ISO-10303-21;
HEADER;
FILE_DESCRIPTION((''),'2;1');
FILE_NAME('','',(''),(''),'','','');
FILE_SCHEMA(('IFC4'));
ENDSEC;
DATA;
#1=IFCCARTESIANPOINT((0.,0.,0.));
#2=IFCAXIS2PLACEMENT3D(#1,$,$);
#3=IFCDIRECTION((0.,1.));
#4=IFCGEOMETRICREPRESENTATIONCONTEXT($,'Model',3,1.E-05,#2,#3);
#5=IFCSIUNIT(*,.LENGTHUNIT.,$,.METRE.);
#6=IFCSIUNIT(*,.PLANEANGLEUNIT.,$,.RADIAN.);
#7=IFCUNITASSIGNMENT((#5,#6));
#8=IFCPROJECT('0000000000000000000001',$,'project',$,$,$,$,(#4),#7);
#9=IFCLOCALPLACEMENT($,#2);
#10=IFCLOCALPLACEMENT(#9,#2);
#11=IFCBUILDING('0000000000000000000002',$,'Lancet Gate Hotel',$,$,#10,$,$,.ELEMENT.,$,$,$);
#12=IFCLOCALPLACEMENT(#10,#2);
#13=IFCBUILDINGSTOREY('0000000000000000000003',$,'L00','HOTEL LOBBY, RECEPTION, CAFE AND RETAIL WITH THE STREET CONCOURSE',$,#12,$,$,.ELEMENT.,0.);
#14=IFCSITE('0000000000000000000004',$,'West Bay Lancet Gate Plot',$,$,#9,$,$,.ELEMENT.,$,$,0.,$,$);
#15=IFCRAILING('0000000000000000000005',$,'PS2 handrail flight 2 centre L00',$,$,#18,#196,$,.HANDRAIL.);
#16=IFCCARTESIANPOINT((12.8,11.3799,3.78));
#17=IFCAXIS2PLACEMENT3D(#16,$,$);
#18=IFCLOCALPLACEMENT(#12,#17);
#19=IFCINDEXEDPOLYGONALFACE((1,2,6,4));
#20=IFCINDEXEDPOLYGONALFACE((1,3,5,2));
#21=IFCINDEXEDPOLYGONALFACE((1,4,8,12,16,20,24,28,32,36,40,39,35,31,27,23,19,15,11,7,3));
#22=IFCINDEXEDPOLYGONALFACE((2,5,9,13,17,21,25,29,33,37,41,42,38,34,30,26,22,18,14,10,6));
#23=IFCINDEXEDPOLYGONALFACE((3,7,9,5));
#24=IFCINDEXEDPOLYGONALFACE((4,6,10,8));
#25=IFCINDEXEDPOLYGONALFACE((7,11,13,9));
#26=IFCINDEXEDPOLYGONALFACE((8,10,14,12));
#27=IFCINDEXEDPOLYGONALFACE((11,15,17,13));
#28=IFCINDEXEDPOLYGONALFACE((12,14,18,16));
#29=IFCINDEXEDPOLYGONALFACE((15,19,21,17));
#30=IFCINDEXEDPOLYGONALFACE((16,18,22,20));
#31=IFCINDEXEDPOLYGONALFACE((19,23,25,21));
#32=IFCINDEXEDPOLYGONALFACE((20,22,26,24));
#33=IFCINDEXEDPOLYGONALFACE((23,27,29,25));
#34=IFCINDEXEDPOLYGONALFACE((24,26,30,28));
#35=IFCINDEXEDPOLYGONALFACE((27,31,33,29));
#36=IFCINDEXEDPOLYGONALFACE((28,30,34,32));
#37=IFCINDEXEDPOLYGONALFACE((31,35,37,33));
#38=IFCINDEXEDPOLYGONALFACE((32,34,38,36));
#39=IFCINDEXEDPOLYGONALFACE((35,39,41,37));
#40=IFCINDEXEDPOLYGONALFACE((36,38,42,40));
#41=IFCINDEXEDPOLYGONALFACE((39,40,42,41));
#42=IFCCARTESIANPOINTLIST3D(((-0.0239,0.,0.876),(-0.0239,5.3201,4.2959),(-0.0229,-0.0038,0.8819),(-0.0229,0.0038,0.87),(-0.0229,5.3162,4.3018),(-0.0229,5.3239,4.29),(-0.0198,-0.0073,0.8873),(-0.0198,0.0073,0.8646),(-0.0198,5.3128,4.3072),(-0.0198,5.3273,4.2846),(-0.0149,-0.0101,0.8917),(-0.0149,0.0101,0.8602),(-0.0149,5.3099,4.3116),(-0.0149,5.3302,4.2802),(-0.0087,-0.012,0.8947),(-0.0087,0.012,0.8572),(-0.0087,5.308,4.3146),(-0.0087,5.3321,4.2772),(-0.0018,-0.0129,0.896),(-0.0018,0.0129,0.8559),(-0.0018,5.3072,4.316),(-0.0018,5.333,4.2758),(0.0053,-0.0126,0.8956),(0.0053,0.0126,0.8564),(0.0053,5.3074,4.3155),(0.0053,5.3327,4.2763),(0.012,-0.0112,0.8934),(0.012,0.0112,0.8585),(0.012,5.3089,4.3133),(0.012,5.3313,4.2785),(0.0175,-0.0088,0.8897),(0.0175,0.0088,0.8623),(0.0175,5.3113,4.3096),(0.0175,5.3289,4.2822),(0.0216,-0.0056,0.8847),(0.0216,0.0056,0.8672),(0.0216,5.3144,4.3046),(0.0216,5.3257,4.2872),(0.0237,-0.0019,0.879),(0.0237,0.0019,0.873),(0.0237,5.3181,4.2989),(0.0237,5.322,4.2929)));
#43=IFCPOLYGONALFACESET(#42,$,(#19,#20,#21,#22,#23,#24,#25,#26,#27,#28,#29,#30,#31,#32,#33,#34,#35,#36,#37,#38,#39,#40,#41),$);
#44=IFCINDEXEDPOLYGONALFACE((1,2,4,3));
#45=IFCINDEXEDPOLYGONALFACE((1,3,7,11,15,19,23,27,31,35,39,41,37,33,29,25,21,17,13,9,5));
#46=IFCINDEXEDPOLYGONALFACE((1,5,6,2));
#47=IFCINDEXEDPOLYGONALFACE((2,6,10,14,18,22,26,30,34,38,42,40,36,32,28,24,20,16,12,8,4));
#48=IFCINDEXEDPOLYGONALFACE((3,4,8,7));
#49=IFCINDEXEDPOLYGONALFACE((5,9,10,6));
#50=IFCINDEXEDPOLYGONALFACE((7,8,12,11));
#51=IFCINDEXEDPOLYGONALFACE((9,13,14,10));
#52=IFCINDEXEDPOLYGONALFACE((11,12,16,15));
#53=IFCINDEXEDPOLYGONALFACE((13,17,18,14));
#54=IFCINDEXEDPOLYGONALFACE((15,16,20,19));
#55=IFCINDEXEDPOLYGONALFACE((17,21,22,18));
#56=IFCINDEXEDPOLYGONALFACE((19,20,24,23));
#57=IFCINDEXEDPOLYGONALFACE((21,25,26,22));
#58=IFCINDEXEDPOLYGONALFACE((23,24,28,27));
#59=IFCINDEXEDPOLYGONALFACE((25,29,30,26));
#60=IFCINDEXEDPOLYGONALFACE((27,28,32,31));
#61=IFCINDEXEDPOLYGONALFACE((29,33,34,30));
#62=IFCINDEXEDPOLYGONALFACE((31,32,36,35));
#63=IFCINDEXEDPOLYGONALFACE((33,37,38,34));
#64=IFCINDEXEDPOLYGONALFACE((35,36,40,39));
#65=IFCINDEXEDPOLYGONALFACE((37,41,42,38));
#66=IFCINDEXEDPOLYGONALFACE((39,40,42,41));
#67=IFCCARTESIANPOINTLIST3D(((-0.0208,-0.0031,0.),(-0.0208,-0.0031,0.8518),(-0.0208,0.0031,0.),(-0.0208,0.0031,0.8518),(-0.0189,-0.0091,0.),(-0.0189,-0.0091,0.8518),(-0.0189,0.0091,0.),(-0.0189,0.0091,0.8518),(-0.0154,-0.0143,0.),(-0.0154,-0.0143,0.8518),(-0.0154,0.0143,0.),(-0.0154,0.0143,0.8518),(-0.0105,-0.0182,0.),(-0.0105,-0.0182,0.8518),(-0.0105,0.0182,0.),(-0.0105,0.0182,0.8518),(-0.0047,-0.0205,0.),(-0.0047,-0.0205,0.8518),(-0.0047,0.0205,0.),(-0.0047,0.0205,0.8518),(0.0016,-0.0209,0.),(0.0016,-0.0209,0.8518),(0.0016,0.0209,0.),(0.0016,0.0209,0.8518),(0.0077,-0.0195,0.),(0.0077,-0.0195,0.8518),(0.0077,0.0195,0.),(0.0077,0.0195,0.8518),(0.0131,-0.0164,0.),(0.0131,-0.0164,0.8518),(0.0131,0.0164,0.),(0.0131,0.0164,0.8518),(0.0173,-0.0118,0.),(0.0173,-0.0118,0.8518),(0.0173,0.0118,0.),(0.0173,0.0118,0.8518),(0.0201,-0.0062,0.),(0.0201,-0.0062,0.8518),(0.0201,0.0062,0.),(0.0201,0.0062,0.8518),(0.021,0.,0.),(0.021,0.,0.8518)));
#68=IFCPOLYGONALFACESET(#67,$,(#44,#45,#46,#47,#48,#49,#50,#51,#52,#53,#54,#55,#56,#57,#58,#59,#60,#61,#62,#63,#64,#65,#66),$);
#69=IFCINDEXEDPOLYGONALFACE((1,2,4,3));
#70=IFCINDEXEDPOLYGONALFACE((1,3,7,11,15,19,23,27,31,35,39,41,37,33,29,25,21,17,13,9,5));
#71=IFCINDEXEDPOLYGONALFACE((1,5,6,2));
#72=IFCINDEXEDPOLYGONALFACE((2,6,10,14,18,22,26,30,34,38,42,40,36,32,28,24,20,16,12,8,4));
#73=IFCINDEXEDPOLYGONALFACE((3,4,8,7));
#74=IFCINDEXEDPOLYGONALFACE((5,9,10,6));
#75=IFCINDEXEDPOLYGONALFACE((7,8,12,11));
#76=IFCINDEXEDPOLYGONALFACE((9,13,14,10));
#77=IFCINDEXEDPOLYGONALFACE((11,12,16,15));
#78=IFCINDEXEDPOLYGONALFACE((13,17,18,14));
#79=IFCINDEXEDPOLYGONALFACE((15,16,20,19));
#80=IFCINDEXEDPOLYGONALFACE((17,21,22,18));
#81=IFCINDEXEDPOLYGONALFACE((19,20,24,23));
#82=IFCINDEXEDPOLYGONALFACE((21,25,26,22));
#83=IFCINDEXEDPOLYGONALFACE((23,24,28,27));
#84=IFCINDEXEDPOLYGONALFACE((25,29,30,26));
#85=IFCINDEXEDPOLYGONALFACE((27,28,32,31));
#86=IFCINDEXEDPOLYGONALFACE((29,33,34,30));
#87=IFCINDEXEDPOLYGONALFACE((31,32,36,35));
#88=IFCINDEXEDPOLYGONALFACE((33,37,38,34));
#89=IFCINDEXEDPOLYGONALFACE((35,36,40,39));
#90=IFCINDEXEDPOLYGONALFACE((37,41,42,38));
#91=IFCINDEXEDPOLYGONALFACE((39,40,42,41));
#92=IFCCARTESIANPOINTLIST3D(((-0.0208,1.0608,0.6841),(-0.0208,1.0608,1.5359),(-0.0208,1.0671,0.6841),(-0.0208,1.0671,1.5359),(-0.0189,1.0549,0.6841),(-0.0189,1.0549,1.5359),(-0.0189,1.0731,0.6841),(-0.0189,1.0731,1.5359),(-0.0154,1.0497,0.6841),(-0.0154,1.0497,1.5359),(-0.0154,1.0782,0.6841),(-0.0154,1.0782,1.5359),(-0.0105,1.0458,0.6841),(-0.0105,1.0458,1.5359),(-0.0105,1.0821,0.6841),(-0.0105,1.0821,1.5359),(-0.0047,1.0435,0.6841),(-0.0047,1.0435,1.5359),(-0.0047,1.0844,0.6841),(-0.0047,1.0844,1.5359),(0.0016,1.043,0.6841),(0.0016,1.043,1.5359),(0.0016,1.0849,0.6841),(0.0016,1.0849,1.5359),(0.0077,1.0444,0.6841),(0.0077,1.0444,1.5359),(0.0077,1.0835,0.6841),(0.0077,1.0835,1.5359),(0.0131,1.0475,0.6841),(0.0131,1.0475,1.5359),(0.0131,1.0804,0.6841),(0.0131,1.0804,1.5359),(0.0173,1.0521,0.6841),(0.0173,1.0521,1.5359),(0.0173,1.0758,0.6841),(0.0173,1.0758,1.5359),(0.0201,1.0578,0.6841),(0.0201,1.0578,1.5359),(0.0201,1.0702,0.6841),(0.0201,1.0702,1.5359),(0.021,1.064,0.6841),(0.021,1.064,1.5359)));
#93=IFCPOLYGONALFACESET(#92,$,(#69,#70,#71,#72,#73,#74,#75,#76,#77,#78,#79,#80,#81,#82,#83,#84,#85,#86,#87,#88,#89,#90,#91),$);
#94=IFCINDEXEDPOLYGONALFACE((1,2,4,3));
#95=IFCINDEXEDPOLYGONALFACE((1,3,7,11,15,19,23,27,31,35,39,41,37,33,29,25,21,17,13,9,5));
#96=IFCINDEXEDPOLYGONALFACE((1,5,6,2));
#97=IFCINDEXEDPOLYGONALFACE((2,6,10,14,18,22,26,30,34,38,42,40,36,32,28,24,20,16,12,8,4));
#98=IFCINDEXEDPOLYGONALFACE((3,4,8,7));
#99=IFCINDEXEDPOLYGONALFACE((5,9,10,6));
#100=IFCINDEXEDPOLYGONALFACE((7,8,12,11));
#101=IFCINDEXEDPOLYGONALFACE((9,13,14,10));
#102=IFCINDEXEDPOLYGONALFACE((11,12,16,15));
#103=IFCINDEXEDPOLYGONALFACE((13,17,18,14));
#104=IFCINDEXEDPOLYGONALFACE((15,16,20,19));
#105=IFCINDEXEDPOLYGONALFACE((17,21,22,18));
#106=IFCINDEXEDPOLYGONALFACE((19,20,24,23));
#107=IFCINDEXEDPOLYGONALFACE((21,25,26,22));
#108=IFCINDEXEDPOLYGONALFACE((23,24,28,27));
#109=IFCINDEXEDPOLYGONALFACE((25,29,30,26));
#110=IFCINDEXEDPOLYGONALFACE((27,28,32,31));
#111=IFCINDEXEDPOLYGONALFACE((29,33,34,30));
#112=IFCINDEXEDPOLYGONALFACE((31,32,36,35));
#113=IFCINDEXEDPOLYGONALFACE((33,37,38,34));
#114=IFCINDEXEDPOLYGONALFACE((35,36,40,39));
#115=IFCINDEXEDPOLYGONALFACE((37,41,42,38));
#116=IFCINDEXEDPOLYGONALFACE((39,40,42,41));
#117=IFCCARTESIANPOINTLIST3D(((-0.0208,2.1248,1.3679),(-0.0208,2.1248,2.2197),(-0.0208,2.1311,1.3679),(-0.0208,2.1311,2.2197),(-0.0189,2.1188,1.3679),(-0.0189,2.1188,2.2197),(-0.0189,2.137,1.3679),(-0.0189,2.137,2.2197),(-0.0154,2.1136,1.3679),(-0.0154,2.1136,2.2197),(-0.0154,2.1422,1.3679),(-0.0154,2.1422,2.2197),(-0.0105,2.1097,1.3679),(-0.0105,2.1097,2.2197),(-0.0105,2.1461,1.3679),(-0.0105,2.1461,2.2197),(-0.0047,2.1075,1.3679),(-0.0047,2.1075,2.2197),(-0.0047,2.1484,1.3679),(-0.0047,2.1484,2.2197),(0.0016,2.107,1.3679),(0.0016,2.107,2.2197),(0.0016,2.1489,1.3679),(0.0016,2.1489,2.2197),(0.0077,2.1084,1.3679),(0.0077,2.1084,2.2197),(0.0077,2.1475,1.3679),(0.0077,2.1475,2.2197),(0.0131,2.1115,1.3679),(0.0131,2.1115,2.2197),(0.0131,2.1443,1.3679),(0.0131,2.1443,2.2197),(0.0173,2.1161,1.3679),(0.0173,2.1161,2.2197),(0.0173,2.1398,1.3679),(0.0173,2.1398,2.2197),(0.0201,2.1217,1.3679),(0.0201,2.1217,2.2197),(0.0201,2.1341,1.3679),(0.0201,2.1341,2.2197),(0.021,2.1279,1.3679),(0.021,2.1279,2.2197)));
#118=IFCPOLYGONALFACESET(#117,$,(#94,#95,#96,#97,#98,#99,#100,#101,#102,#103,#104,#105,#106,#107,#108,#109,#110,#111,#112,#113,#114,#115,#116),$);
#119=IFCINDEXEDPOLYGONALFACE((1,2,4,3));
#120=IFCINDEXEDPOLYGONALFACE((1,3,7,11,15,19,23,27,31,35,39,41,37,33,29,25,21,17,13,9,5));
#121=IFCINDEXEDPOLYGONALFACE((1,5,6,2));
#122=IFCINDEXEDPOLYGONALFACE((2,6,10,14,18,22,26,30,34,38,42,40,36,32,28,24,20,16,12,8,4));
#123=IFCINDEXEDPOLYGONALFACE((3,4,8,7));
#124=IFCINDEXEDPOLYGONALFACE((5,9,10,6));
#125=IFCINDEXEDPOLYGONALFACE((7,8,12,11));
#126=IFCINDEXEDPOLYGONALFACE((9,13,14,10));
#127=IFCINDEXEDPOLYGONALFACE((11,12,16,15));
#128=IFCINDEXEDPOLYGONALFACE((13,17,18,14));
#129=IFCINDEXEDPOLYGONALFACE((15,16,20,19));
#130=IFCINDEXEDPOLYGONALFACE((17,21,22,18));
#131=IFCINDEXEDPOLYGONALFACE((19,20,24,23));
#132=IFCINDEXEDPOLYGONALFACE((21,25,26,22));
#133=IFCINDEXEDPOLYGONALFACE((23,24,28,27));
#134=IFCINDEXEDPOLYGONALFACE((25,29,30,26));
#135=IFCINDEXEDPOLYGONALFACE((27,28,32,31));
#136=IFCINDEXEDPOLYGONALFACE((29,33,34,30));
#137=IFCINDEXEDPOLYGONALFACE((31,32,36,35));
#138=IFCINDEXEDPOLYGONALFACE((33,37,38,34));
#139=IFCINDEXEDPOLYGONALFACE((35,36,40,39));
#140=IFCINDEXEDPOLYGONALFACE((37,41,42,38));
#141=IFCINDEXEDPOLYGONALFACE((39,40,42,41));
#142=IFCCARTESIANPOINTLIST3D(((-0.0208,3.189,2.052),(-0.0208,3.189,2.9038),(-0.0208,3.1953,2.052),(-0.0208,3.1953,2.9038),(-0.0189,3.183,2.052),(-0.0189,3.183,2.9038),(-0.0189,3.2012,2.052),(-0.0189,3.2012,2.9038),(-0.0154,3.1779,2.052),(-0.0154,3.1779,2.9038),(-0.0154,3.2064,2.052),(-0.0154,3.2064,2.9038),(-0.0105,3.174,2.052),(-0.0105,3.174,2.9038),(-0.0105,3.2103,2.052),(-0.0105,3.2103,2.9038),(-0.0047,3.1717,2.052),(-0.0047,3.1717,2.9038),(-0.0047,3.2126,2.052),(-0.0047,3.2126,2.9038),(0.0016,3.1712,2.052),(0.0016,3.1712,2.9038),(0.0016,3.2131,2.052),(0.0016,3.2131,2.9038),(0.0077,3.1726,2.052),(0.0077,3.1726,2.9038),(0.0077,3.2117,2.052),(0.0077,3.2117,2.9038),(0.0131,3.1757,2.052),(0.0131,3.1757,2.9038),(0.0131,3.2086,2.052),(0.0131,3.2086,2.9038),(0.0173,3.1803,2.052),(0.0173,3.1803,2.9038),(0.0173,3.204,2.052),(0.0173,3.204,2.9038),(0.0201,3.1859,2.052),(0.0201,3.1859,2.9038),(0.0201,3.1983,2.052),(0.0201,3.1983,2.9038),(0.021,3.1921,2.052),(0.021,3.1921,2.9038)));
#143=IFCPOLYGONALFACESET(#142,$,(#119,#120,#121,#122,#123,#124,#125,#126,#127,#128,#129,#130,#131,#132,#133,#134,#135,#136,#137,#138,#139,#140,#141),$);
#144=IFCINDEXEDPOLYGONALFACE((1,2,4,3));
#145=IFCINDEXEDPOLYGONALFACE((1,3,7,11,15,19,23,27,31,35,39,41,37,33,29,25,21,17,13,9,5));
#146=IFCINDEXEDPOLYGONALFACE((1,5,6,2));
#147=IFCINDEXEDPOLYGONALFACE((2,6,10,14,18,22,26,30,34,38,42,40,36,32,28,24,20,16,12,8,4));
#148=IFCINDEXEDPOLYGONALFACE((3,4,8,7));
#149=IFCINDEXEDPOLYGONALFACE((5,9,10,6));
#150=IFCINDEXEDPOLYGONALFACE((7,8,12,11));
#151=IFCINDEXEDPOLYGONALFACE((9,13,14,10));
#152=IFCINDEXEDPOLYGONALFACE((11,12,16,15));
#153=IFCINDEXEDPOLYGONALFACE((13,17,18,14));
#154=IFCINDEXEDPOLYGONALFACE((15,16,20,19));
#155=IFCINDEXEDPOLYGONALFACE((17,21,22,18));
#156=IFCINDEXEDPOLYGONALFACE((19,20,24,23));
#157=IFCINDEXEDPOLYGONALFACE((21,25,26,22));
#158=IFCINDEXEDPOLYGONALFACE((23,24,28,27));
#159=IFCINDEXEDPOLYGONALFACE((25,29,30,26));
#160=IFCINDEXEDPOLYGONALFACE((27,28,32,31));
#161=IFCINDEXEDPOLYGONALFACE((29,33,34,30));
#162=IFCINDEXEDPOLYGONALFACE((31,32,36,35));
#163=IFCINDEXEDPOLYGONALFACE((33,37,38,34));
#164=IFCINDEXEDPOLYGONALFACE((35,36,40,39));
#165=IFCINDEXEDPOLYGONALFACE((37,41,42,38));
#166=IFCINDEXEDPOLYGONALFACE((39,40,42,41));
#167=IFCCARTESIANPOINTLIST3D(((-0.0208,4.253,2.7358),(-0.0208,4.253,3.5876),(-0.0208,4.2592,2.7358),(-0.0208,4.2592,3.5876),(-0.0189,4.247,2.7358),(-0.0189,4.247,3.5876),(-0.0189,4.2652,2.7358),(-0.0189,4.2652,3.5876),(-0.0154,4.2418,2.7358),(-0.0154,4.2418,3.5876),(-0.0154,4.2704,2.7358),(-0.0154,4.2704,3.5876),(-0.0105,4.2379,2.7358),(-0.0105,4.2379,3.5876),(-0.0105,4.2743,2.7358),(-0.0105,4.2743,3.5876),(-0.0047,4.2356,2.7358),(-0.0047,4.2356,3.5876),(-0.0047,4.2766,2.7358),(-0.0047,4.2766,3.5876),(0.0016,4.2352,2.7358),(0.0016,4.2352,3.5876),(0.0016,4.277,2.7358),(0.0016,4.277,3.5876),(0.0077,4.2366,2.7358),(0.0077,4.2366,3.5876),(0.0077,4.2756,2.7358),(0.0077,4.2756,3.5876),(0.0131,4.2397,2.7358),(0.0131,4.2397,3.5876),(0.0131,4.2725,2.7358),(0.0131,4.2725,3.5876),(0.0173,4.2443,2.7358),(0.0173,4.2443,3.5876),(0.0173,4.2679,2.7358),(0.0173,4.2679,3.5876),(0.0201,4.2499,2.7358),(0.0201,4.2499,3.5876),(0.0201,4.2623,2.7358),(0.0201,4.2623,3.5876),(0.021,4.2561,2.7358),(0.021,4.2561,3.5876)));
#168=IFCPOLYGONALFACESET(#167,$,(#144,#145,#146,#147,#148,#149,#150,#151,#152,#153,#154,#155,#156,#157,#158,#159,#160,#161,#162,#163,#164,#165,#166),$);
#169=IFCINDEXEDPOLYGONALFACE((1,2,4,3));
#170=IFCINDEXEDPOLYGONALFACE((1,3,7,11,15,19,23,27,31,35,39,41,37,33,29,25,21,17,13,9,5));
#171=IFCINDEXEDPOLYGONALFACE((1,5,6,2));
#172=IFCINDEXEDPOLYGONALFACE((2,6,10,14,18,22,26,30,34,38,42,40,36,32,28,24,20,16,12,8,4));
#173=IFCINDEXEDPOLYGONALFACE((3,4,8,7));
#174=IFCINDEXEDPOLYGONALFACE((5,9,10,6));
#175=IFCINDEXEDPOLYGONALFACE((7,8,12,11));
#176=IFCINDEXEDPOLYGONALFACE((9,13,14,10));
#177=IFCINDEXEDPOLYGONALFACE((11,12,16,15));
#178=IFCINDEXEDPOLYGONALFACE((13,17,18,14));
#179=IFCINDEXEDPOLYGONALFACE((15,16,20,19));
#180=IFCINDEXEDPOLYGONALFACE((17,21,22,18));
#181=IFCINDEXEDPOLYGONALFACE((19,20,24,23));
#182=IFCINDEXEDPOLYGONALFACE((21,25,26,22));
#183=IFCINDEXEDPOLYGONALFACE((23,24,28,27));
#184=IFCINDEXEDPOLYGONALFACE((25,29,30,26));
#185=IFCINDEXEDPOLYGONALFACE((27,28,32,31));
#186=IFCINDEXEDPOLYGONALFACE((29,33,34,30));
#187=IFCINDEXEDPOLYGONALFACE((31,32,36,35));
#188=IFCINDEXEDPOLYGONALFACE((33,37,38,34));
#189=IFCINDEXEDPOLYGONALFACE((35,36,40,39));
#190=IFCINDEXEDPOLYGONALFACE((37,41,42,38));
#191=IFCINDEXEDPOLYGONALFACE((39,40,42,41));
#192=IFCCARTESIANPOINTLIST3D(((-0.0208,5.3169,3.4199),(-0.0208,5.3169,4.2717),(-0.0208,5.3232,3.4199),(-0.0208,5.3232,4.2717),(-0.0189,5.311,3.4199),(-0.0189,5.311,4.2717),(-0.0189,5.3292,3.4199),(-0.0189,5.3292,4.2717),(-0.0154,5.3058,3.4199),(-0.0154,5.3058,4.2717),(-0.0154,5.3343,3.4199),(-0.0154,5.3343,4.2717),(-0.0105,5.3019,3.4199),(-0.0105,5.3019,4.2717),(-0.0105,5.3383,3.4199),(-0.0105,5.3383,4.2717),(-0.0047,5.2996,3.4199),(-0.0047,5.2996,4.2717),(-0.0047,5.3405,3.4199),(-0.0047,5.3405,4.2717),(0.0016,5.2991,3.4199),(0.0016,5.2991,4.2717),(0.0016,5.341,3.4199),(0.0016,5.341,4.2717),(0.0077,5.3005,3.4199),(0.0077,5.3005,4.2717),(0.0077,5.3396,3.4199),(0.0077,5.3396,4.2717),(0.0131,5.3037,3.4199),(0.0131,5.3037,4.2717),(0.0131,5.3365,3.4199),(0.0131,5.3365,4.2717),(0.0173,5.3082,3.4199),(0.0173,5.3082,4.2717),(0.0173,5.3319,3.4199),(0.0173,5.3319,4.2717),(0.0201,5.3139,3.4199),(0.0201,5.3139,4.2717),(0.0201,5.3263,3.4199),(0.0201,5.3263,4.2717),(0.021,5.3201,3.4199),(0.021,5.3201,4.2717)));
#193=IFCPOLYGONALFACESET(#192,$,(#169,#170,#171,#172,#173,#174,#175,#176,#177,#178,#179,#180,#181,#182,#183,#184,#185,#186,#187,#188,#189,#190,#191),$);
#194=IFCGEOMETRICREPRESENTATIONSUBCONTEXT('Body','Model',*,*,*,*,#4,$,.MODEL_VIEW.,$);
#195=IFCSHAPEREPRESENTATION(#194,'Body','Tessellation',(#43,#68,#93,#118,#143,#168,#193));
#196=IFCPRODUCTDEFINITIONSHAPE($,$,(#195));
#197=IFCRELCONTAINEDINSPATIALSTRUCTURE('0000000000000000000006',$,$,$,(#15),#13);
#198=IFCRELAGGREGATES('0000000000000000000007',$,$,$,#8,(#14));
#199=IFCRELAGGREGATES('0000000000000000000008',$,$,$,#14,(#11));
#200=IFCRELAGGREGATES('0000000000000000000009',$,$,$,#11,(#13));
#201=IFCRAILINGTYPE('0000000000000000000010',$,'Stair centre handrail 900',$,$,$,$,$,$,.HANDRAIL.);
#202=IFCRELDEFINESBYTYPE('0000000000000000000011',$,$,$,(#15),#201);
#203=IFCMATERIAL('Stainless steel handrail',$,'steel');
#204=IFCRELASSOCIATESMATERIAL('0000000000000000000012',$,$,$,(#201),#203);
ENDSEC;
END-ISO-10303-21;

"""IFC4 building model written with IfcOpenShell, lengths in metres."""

from ifc_helpers import new_model, si_unit, direction, frame, origin, origin_2d, place, context, subcontext, project, spatial, circle, extrude, material, type_object, element, save


model = new_model("IFC4")

# Units and contexts
model_context = context("Model", 3, precision=1e-05, world=origin(), true_north=direction((0.0, 1.0)))
body_context = subcontext(model_context, "Body", "Model", "MODEL_VIEW")
ifc_project = project(units=[si_unit("LENGTHUNIT", "METRE"), si_unit("PLANEANGLEUNIT", "RADIAN")], contexts=[model_context])

# Site, building, storey
site_placement = place(None, origin())
site = spatial("IfcSite", under=ifc_project, at=site_placement, Name="West Bay Lancet Gate Plot", CompositionType="ELEMENT", RefElevation=0.0)
building_placement = place(site_placement, origin())
building = spatial("IfcBuilding", under=site, at=building_placement, Name="Lancet Gate Hotel", CompositionType="ELEMENT")
storey_placement = place(building_placement, origin())
storey = spatial("IfcBuildingStorey", under=building, at=storey_placement, Name="L00", Description="HOTEL LOBBY, RECEPTION, CAFE AND RETAIL WITH THE STREET CONCOURSE", CompositionType="ELEMENT", Elevation=0.0)

# Railing
ifc_material_1 = material(Name="Stainless steel handrail", Category="steel")
railing_type_1 = type_object("IfcRailingType", Name="Stair centre handrail 900", PredefinedType="HANDRAIL", material=ifc_material_1)
railing_1_placement = place(storey_placement, frame((12.8, 11.3799, 3.78)))
element("IfcRailing", 1, at=railing_1_placement, inside=storey, type_object=railing_type_1, Name="PS2 handrail flight 2 centre L00", PredefinedType="HANDRAIL", context=body_context, shape_type="SweptSolid", body=[
    extrude(circle(Radius=0.0239, at=origin_2d()), frame((0.0, 0.0, 0.876), z_axis=(0.0, 0.841187, 0.540744), x_axis=(-1.0, 0.0, 0.0)), (0.0, 0.0, 1.0), 6.3245),
    extrude(circle(Radius=0.021, at=origin_2d()), origin(), (0.0, 0.0, 1.0), 0.8518),
    extrude(circle(Radius=0.021, at=origin_2d()), frame((0.0, 1.064, 0.6841)), (0.0, 0.0, 1.0), 0.8518),
    extrude(circle(Radius=0.021, at=origin_2d()), frame((0.0, 2.1279, 1.3679)), (0.0, 0.0, 1.0), 0.8518),
    extrude(circle(Radius=0.021, at=origin_2d()), frame((0.0, 3.1921, 2.052)), (0.0, 0.0, 1.0), 0.8518),
    extrude(circle(Radius=0.021, at=origin_2d()), frame((0.0, 4.2561, 2.7358)), (0.0, 0.0, 1.0), 0.8518),
    extrude(circle(Radius=0.021, at=origin_2d()), frame((0.0, 5.3201, 3.4199)), (0.0, 0.0, 1.0), 0.8518),
])

save(model, "model.ifc")
